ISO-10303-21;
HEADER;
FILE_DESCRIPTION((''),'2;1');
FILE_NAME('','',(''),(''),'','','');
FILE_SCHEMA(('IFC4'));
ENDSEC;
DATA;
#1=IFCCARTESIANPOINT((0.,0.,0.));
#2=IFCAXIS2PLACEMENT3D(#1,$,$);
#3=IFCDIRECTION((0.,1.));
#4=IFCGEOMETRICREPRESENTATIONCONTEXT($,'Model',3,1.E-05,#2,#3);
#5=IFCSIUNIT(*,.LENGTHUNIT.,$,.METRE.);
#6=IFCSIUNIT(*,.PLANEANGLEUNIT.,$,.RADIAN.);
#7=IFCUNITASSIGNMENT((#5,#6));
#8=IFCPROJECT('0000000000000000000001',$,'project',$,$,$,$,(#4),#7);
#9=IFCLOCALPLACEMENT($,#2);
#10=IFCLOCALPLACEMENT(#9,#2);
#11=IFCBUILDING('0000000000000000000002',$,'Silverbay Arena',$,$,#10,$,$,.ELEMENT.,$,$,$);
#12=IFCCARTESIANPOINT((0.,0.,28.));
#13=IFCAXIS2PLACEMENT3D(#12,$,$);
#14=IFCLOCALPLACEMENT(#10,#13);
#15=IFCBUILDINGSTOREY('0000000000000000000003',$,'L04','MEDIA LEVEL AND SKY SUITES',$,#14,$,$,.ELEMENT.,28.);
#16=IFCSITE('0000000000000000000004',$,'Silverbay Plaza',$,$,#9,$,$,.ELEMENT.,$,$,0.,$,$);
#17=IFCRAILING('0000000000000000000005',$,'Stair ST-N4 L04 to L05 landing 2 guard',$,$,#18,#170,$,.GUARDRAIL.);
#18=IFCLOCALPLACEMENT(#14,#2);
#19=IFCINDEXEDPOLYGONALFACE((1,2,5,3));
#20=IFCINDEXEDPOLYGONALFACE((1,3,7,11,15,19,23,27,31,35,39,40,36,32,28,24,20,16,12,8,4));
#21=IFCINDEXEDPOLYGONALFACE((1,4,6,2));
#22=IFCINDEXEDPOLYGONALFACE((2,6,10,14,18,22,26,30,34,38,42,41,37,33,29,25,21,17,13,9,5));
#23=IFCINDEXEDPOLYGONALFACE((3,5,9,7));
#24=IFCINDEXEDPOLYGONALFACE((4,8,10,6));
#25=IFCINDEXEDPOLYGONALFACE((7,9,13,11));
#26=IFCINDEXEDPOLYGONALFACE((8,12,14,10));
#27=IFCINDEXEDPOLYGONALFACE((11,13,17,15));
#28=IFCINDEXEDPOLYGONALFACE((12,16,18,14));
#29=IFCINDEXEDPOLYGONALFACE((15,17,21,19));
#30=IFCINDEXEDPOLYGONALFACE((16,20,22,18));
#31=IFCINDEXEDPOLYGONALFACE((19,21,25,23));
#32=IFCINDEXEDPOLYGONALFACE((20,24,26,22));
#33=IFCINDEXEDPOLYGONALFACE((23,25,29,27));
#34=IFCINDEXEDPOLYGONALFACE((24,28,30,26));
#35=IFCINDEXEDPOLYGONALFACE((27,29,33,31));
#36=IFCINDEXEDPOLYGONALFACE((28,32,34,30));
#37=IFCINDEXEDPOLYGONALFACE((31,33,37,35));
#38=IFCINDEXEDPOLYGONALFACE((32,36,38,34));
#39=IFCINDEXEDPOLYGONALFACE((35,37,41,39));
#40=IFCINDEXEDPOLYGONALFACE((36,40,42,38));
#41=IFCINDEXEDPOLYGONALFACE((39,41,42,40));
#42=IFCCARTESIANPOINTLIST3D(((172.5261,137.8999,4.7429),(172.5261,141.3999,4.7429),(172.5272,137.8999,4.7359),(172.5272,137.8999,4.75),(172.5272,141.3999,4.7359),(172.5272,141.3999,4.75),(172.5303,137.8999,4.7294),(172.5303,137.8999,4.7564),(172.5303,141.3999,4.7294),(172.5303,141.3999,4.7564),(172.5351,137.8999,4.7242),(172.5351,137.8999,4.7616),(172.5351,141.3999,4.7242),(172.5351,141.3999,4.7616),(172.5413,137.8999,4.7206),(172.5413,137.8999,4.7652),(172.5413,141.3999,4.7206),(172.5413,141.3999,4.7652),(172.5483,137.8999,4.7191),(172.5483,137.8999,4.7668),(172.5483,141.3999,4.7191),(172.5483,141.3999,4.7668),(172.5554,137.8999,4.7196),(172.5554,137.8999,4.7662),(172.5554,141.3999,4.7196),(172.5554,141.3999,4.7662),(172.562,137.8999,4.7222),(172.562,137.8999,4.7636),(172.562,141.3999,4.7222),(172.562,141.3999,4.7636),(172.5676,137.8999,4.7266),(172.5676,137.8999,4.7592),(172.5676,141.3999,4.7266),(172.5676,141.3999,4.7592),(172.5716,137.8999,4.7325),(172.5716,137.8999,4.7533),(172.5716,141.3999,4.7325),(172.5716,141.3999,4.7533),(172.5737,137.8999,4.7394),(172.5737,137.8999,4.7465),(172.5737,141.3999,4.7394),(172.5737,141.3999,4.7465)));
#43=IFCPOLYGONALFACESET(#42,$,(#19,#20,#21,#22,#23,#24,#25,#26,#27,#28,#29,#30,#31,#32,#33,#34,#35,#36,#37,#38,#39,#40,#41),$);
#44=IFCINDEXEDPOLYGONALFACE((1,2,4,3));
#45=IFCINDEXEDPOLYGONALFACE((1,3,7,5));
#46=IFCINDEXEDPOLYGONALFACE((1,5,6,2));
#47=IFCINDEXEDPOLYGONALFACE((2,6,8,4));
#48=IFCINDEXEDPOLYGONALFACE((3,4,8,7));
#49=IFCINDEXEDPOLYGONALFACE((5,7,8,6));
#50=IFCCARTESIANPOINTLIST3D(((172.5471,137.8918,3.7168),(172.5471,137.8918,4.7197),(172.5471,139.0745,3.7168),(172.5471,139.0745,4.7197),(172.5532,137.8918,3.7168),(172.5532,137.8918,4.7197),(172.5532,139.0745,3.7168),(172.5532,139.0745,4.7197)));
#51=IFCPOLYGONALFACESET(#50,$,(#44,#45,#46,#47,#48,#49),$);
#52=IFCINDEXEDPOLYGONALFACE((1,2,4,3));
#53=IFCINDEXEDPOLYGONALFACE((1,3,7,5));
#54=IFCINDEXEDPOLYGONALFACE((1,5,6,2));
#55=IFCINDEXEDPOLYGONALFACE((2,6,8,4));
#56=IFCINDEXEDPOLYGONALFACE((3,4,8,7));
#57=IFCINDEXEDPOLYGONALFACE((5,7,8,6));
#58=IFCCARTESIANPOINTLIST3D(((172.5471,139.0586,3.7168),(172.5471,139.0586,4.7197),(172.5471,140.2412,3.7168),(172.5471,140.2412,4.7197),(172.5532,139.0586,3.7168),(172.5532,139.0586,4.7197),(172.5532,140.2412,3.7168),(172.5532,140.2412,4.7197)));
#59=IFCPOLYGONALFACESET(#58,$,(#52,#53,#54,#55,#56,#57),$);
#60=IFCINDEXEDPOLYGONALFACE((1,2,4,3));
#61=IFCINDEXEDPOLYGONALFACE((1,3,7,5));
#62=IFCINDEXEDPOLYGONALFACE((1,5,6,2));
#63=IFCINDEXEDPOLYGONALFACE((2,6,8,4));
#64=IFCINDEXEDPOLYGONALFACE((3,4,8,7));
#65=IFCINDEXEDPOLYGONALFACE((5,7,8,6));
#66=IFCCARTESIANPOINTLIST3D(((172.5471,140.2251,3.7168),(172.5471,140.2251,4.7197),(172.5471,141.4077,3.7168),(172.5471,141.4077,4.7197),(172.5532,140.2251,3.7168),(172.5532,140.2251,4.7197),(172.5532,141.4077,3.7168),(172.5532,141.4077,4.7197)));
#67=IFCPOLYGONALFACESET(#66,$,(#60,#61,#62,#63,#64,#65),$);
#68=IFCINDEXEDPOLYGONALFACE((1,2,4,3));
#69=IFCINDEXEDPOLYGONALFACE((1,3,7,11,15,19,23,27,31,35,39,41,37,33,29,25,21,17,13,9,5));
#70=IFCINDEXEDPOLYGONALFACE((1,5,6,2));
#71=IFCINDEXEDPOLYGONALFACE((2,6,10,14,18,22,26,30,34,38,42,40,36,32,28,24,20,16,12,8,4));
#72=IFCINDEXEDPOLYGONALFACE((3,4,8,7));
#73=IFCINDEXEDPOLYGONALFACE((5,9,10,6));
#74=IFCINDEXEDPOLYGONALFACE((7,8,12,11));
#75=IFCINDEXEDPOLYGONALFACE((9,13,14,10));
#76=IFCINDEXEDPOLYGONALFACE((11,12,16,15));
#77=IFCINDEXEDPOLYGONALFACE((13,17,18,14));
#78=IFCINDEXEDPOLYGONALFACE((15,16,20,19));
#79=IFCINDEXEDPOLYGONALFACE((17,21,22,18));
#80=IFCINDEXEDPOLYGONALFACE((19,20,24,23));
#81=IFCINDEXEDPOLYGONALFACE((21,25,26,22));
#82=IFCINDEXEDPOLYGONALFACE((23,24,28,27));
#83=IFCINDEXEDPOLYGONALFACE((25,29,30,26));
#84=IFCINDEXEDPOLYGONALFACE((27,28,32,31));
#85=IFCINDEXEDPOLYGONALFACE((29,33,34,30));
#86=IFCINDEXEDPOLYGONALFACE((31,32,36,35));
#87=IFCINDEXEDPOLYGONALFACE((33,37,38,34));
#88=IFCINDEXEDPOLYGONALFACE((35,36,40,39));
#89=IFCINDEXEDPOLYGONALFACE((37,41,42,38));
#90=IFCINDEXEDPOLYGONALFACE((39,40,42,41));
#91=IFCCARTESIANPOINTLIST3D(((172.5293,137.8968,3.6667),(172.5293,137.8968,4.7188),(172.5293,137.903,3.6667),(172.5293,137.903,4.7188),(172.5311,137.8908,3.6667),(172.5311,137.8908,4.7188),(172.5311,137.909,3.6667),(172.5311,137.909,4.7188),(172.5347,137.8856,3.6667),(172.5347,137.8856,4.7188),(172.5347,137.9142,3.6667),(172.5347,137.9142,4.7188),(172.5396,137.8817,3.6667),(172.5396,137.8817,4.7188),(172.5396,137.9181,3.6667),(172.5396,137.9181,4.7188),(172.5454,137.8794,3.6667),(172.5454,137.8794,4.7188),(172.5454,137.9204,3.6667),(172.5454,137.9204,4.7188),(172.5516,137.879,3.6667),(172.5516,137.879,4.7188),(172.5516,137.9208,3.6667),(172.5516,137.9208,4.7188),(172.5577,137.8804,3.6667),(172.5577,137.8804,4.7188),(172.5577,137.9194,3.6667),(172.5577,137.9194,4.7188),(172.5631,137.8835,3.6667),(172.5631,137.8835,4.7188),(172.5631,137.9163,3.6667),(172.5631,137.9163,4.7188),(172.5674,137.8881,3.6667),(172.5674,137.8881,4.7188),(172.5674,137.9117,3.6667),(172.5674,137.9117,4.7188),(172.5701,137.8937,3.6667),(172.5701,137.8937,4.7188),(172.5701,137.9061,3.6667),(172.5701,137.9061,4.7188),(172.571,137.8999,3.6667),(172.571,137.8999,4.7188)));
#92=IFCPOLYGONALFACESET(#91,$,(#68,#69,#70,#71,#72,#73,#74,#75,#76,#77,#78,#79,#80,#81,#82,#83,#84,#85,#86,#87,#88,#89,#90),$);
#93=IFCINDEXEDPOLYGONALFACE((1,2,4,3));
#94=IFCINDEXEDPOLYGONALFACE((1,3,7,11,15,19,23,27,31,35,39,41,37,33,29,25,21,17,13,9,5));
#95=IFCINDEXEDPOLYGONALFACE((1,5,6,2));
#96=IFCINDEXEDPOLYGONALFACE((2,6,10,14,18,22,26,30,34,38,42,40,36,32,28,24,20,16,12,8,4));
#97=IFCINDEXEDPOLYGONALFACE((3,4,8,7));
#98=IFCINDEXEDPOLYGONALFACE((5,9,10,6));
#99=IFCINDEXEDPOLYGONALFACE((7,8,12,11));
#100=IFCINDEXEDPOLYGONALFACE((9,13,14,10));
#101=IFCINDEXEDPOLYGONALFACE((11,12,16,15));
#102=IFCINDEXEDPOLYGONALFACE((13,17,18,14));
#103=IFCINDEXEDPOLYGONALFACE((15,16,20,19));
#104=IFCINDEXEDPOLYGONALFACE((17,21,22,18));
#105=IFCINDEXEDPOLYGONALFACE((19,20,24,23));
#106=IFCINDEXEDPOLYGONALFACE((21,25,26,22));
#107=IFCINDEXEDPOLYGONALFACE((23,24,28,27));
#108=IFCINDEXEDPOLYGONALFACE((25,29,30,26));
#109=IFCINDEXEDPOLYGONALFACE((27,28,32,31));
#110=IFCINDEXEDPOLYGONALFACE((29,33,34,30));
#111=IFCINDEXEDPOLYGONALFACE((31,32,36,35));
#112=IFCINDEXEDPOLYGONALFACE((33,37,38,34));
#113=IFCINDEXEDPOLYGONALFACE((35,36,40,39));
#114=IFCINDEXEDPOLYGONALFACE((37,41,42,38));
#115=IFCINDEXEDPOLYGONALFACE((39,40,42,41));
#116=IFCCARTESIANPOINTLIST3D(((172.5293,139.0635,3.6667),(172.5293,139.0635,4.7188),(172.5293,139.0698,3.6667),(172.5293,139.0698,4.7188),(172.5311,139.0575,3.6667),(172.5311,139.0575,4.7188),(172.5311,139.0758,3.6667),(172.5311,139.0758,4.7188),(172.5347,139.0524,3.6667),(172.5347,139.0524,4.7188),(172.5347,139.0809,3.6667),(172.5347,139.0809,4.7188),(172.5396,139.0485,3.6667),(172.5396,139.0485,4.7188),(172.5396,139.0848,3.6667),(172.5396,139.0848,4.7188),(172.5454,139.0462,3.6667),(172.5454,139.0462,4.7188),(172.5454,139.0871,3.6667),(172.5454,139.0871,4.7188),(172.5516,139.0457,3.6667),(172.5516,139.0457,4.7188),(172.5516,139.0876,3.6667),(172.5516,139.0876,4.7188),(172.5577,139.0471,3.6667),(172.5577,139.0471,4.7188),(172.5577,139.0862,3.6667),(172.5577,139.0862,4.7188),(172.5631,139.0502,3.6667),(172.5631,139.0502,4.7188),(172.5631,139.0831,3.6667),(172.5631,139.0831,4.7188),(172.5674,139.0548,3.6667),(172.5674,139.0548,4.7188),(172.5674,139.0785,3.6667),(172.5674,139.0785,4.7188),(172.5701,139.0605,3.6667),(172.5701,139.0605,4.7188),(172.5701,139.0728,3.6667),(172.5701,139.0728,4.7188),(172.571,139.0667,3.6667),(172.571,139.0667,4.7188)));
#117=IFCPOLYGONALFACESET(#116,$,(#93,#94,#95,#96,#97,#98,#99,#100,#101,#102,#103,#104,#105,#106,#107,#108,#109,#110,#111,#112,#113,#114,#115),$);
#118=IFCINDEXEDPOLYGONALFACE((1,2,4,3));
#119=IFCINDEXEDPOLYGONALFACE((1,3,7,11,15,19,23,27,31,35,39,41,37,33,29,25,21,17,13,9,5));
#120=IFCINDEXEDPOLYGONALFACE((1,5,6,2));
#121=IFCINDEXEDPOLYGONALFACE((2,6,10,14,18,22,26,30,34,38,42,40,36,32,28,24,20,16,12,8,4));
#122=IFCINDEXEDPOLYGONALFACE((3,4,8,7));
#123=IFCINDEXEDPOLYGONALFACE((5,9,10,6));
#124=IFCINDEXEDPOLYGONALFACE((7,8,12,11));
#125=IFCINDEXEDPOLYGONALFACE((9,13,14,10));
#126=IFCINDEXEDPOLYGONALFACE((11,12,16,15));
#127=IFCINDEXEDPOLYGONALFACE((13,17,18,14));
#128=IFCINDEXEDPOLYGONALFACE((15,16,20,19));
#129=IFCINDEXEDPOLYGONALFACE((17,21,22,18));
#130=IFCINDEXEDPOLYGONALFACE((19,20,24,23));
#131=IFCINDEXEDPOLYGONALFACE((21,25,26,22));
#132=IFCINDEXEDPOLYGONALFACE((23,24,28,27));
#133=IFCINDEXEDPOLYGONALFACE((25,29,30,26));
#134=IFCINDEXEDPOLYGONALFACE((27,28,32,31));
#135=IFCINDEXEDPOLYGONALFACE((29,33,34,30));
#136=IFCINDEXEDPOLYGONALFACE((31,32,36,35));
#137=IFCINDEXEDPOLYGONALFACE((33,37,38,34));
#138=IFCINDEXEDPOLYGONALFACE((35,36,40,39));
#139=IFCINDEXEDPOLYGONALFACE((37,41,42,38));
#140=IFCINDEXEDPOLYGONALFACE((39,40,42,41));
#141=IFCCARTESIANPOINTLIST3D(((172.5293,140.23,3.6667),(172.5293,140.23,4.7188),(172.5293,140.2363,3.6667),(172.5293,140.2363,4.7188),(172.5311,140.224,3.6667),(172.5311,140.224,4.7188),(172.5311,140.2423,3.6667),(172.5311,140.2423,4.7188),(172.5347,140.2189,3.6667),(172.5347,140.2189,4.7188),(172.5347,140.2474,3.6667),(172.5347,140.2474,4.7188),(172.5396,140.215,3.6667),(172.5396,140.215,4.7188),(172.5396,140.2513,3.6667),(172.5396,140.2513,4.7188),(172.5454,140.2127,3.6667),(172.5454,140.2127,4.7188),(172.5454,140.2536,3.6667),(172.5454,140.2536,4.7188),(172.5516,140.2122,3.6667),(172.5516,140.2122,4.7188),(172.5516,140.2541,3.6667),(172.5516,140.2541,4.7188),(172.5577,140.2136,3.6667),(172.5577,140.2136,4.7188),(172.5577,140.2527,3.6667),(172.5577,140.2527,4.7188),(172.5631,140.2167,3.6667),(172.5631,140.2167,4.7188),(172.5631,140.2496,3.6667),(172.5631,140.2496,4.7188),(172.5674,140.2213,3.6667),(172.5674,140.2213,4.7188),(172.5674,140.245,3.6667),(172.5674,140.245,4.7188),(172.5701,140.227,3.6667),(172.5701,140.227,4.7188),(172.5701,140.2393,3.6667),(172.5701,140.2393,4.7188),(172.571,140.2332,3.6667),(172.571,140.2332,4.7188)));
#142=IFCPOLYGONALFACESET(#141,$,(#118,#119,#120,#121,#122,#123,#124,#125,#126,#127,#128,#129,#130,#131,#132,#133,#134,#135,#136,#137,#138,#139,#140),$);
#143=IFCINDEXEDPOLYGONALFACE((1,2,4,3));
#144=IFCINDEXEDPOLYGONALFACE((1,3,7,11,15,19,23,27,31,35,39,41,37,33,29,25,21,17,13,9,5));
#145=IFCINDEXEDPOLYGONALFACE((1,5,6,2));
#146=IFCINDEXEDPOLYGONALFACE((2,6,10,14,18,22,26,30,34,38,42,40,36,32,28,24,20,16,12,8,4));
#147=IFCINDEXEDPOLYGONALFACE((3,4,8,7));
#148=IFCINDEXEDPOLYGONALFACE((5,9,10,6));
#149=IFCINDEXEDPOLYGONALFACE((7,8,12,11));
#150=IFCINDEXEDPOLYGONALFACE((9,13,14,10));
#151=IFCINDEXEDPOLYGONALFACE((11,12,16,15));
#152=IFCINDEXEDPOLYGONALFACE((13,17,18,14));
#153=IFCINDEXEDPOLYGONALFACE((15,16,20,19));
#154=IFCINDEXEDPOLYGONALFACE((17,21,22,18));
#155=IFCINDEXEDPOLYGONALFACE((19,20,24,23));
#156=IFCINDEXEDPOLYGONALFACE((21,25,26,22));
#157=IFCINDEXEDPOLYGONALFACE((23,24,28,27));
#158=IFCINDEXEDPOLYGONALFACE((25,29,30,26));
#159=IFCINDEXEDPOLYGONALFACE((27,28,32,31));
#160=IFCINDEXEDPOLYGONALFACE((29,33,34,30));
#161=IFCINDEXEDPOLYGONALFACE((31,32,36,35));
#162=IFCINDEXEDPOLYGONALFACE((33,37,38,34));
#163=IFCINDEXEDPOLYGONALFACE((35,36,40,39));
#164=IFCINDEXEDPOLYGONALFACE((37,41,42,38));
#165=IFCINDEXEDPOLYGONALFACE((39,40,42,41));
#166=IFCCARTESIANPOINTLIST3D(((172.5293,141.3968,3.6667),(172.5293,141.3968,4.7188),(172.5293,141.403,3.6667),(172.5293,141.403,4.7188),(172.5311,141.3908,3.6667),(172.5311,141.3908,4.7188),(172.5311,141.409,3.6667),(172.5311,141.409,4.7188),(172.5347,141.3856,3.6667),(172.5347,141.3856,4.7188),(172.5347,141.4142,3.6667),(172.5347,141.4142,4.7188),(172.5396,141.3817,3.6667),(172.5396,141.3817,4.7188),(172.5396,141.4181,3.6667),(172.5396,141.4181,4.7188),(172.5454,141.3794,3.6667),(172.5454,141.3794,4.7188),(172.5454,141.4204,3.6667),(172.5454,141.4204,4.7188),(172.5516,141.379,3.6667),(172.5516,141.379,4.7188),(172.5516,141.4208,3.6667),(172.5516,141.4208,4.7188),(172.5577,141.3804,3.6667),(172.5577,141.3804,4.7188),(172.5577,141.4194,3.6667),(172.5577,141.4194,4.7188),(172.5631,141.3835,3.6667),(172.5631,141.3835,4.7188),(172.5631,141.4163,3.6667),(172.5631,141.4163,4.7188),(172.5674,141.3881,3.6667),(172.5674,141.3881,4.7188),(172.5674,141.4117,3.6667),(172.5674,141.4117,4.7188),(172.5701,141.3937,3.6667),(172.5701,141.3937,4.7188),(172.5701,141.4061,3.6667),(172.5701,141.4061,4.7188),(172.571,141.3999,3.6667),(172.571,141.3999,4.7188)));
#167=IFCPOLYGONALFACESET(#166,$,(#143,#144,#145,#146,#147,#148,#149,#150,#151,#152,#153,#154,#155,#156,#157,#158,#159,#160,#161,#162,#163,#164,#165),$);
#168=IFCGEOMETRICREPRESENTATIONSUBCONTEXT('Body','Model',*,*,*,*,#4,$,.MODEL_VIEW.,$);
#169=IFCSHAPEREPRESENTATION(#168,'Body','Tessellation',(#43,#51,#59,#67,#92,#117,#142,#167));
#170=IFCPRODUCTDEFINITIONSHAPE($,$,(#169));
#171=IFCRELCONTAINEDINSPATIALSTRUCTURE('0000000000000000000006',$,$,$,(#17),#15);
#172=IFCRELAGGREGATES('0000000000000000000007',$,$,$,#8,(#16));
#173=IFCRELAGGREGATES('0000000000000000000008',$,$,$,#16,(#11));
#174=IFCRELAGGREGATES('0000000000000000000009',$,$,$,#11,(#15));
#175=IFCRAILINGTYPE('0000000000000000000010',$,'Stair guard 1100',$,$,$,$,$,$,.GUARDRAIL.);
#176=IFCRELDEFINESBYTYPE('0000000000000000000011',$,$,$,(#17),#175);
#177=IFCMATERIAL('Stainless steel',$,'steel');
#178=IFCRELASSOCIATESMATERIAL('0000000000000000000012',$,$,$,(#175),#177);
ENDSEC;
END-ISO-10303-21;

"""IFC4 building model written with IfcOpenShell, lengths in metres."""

from ifc_helpers import new_model, si_unit, direction, frame, origin, origin_2d, place, context, subcontext, project, spatial, polyline, circle, outline, extrude, material, type_object, element, save


model = new_model("IFC4")

# Units and contexts
model_context = context("Model", 3, precision=1e-05, world=origin(), true_north=direction((0.0, 1.0)))
body_context = subcontext(model_context, "Body", "Model", "MODEL_VIEW")
ifc_project = project(units=[si_unit("LENGTHUNIT", "METRE"), si_unit("PLANEANGLEUNIT", "RADIAN")], contexts=[model_context])

# Site, building, storey
site_placement = place(None, origin())
site = spatial("IfcSite", under=ifc_project, at=site_placement, Name="Silverbay Plaza", CompositionType="ELEMENT", RefElevation=0.0)
building_placement = place(site_placement, origin())
building = spatial("IfcBuilding", under=site, at=building_placement, Name="Silverbay Arena", CompositionType="ELEMENT")
storey_placement = place(building_placement, frame((0.0, 0.0, 28.0)))
storey = spatial("IfcBuildingStorey", under=building, at=storey_placement, Name="L04", Description="MEDIA LEVEL AND SKY SUITES", CompositionType="ELEMENT", Elevation=28.0)

# Railing
ifc_material_1 = material(Name="Stainless steel", Category="steel")
railing_type_1 = type_object("IfcRailingType", Name="Stair guard 1100", PredefinedType="GUARDRAIL", material=ifc_material_1)
for number, where, name in (
    (1, (172.55, 137.8999, 3.6667), "Stair ST-N4 L04 to L05 landing 2 guard"),
):
    element("IfcRailing", number, at=place(storey_placement, frame(where)), inside=storey, type_object=railing_type_1, Name=name, PredefinedType="GUARDRAIL", context=body_context, shape_type="SweptSolid", body=[
        extrude(circle(Radius=0.0239, at=origin_2d()), frame((0.0, 0.0, 1.0762), z_axis=(0.0, 1.0, 0.0), x_axis=(-1.0, 0.0, 0.0)), (0.0, 0.0, 1.0), 3.5),
        extrude(outline(polyline([(-0.0081, 0.05), (1.1746, 0.05), (1.1746, 1.053), (-0.0081, 1.053), (-0.0081, 0.05)])), frame((-0.0029, 0.0, 0.0), z_axis=(1.0, 0.0, 0.0), x_axis=(0.0, 1.0, 0.0)), (0.0, 0.0, 1.0), 0.0061),
        extrude(outline(polyline([(-0.0081, 0.05), (1.1746, 0.05), (1.1746, 1.053), (-0.0081, 1.053), (-0.0081, 0.05)])), frame((-0.0029, 1.1667, 0.0), z_axis=(1.0, 0.0, 0.0), x_axis=(0.0, 1.0, 0.0)), (0.0, 0.0, 1.0), 0.0061),
        extrude(outline(polyline([(-0.0081, 0.05), (1.1746, 0.05), (1.1746, 1.053), (-0.0081, 1.053), (-0.0081, 0.05)])), frame((-0.0029, 2.3333, 0.0), z_axis=(1.0, 0.0, 0.0), x_axis=(0.0, 1.0, 0.0)), (0.0, 0.0, 1.0), 0.0061),
        extrude(circle(Radius=0.021, at=origin_2d()), origin(), (0.0, 0.0, 1.0), 1.052),
        extrude(circle(Radius=0.021, at=origin_2d()), frame((0.0, 1.1667, 0.0)), (0.0, 0.0, 1.0), 1.052),
        extrude(circle(Radius=0.021, at=origin_2d()), frame((0.0, 2.3333, 0.0)), (0.0, 0.0, 1.0), 1.052),
        extrude(circle(Radius=0.021, at=origin_2d()), frame((0.0, 3.5, 0.0)), (0.0, 0.0, 1.0), 1.052),
    ])

save(model, "model.ifc")
